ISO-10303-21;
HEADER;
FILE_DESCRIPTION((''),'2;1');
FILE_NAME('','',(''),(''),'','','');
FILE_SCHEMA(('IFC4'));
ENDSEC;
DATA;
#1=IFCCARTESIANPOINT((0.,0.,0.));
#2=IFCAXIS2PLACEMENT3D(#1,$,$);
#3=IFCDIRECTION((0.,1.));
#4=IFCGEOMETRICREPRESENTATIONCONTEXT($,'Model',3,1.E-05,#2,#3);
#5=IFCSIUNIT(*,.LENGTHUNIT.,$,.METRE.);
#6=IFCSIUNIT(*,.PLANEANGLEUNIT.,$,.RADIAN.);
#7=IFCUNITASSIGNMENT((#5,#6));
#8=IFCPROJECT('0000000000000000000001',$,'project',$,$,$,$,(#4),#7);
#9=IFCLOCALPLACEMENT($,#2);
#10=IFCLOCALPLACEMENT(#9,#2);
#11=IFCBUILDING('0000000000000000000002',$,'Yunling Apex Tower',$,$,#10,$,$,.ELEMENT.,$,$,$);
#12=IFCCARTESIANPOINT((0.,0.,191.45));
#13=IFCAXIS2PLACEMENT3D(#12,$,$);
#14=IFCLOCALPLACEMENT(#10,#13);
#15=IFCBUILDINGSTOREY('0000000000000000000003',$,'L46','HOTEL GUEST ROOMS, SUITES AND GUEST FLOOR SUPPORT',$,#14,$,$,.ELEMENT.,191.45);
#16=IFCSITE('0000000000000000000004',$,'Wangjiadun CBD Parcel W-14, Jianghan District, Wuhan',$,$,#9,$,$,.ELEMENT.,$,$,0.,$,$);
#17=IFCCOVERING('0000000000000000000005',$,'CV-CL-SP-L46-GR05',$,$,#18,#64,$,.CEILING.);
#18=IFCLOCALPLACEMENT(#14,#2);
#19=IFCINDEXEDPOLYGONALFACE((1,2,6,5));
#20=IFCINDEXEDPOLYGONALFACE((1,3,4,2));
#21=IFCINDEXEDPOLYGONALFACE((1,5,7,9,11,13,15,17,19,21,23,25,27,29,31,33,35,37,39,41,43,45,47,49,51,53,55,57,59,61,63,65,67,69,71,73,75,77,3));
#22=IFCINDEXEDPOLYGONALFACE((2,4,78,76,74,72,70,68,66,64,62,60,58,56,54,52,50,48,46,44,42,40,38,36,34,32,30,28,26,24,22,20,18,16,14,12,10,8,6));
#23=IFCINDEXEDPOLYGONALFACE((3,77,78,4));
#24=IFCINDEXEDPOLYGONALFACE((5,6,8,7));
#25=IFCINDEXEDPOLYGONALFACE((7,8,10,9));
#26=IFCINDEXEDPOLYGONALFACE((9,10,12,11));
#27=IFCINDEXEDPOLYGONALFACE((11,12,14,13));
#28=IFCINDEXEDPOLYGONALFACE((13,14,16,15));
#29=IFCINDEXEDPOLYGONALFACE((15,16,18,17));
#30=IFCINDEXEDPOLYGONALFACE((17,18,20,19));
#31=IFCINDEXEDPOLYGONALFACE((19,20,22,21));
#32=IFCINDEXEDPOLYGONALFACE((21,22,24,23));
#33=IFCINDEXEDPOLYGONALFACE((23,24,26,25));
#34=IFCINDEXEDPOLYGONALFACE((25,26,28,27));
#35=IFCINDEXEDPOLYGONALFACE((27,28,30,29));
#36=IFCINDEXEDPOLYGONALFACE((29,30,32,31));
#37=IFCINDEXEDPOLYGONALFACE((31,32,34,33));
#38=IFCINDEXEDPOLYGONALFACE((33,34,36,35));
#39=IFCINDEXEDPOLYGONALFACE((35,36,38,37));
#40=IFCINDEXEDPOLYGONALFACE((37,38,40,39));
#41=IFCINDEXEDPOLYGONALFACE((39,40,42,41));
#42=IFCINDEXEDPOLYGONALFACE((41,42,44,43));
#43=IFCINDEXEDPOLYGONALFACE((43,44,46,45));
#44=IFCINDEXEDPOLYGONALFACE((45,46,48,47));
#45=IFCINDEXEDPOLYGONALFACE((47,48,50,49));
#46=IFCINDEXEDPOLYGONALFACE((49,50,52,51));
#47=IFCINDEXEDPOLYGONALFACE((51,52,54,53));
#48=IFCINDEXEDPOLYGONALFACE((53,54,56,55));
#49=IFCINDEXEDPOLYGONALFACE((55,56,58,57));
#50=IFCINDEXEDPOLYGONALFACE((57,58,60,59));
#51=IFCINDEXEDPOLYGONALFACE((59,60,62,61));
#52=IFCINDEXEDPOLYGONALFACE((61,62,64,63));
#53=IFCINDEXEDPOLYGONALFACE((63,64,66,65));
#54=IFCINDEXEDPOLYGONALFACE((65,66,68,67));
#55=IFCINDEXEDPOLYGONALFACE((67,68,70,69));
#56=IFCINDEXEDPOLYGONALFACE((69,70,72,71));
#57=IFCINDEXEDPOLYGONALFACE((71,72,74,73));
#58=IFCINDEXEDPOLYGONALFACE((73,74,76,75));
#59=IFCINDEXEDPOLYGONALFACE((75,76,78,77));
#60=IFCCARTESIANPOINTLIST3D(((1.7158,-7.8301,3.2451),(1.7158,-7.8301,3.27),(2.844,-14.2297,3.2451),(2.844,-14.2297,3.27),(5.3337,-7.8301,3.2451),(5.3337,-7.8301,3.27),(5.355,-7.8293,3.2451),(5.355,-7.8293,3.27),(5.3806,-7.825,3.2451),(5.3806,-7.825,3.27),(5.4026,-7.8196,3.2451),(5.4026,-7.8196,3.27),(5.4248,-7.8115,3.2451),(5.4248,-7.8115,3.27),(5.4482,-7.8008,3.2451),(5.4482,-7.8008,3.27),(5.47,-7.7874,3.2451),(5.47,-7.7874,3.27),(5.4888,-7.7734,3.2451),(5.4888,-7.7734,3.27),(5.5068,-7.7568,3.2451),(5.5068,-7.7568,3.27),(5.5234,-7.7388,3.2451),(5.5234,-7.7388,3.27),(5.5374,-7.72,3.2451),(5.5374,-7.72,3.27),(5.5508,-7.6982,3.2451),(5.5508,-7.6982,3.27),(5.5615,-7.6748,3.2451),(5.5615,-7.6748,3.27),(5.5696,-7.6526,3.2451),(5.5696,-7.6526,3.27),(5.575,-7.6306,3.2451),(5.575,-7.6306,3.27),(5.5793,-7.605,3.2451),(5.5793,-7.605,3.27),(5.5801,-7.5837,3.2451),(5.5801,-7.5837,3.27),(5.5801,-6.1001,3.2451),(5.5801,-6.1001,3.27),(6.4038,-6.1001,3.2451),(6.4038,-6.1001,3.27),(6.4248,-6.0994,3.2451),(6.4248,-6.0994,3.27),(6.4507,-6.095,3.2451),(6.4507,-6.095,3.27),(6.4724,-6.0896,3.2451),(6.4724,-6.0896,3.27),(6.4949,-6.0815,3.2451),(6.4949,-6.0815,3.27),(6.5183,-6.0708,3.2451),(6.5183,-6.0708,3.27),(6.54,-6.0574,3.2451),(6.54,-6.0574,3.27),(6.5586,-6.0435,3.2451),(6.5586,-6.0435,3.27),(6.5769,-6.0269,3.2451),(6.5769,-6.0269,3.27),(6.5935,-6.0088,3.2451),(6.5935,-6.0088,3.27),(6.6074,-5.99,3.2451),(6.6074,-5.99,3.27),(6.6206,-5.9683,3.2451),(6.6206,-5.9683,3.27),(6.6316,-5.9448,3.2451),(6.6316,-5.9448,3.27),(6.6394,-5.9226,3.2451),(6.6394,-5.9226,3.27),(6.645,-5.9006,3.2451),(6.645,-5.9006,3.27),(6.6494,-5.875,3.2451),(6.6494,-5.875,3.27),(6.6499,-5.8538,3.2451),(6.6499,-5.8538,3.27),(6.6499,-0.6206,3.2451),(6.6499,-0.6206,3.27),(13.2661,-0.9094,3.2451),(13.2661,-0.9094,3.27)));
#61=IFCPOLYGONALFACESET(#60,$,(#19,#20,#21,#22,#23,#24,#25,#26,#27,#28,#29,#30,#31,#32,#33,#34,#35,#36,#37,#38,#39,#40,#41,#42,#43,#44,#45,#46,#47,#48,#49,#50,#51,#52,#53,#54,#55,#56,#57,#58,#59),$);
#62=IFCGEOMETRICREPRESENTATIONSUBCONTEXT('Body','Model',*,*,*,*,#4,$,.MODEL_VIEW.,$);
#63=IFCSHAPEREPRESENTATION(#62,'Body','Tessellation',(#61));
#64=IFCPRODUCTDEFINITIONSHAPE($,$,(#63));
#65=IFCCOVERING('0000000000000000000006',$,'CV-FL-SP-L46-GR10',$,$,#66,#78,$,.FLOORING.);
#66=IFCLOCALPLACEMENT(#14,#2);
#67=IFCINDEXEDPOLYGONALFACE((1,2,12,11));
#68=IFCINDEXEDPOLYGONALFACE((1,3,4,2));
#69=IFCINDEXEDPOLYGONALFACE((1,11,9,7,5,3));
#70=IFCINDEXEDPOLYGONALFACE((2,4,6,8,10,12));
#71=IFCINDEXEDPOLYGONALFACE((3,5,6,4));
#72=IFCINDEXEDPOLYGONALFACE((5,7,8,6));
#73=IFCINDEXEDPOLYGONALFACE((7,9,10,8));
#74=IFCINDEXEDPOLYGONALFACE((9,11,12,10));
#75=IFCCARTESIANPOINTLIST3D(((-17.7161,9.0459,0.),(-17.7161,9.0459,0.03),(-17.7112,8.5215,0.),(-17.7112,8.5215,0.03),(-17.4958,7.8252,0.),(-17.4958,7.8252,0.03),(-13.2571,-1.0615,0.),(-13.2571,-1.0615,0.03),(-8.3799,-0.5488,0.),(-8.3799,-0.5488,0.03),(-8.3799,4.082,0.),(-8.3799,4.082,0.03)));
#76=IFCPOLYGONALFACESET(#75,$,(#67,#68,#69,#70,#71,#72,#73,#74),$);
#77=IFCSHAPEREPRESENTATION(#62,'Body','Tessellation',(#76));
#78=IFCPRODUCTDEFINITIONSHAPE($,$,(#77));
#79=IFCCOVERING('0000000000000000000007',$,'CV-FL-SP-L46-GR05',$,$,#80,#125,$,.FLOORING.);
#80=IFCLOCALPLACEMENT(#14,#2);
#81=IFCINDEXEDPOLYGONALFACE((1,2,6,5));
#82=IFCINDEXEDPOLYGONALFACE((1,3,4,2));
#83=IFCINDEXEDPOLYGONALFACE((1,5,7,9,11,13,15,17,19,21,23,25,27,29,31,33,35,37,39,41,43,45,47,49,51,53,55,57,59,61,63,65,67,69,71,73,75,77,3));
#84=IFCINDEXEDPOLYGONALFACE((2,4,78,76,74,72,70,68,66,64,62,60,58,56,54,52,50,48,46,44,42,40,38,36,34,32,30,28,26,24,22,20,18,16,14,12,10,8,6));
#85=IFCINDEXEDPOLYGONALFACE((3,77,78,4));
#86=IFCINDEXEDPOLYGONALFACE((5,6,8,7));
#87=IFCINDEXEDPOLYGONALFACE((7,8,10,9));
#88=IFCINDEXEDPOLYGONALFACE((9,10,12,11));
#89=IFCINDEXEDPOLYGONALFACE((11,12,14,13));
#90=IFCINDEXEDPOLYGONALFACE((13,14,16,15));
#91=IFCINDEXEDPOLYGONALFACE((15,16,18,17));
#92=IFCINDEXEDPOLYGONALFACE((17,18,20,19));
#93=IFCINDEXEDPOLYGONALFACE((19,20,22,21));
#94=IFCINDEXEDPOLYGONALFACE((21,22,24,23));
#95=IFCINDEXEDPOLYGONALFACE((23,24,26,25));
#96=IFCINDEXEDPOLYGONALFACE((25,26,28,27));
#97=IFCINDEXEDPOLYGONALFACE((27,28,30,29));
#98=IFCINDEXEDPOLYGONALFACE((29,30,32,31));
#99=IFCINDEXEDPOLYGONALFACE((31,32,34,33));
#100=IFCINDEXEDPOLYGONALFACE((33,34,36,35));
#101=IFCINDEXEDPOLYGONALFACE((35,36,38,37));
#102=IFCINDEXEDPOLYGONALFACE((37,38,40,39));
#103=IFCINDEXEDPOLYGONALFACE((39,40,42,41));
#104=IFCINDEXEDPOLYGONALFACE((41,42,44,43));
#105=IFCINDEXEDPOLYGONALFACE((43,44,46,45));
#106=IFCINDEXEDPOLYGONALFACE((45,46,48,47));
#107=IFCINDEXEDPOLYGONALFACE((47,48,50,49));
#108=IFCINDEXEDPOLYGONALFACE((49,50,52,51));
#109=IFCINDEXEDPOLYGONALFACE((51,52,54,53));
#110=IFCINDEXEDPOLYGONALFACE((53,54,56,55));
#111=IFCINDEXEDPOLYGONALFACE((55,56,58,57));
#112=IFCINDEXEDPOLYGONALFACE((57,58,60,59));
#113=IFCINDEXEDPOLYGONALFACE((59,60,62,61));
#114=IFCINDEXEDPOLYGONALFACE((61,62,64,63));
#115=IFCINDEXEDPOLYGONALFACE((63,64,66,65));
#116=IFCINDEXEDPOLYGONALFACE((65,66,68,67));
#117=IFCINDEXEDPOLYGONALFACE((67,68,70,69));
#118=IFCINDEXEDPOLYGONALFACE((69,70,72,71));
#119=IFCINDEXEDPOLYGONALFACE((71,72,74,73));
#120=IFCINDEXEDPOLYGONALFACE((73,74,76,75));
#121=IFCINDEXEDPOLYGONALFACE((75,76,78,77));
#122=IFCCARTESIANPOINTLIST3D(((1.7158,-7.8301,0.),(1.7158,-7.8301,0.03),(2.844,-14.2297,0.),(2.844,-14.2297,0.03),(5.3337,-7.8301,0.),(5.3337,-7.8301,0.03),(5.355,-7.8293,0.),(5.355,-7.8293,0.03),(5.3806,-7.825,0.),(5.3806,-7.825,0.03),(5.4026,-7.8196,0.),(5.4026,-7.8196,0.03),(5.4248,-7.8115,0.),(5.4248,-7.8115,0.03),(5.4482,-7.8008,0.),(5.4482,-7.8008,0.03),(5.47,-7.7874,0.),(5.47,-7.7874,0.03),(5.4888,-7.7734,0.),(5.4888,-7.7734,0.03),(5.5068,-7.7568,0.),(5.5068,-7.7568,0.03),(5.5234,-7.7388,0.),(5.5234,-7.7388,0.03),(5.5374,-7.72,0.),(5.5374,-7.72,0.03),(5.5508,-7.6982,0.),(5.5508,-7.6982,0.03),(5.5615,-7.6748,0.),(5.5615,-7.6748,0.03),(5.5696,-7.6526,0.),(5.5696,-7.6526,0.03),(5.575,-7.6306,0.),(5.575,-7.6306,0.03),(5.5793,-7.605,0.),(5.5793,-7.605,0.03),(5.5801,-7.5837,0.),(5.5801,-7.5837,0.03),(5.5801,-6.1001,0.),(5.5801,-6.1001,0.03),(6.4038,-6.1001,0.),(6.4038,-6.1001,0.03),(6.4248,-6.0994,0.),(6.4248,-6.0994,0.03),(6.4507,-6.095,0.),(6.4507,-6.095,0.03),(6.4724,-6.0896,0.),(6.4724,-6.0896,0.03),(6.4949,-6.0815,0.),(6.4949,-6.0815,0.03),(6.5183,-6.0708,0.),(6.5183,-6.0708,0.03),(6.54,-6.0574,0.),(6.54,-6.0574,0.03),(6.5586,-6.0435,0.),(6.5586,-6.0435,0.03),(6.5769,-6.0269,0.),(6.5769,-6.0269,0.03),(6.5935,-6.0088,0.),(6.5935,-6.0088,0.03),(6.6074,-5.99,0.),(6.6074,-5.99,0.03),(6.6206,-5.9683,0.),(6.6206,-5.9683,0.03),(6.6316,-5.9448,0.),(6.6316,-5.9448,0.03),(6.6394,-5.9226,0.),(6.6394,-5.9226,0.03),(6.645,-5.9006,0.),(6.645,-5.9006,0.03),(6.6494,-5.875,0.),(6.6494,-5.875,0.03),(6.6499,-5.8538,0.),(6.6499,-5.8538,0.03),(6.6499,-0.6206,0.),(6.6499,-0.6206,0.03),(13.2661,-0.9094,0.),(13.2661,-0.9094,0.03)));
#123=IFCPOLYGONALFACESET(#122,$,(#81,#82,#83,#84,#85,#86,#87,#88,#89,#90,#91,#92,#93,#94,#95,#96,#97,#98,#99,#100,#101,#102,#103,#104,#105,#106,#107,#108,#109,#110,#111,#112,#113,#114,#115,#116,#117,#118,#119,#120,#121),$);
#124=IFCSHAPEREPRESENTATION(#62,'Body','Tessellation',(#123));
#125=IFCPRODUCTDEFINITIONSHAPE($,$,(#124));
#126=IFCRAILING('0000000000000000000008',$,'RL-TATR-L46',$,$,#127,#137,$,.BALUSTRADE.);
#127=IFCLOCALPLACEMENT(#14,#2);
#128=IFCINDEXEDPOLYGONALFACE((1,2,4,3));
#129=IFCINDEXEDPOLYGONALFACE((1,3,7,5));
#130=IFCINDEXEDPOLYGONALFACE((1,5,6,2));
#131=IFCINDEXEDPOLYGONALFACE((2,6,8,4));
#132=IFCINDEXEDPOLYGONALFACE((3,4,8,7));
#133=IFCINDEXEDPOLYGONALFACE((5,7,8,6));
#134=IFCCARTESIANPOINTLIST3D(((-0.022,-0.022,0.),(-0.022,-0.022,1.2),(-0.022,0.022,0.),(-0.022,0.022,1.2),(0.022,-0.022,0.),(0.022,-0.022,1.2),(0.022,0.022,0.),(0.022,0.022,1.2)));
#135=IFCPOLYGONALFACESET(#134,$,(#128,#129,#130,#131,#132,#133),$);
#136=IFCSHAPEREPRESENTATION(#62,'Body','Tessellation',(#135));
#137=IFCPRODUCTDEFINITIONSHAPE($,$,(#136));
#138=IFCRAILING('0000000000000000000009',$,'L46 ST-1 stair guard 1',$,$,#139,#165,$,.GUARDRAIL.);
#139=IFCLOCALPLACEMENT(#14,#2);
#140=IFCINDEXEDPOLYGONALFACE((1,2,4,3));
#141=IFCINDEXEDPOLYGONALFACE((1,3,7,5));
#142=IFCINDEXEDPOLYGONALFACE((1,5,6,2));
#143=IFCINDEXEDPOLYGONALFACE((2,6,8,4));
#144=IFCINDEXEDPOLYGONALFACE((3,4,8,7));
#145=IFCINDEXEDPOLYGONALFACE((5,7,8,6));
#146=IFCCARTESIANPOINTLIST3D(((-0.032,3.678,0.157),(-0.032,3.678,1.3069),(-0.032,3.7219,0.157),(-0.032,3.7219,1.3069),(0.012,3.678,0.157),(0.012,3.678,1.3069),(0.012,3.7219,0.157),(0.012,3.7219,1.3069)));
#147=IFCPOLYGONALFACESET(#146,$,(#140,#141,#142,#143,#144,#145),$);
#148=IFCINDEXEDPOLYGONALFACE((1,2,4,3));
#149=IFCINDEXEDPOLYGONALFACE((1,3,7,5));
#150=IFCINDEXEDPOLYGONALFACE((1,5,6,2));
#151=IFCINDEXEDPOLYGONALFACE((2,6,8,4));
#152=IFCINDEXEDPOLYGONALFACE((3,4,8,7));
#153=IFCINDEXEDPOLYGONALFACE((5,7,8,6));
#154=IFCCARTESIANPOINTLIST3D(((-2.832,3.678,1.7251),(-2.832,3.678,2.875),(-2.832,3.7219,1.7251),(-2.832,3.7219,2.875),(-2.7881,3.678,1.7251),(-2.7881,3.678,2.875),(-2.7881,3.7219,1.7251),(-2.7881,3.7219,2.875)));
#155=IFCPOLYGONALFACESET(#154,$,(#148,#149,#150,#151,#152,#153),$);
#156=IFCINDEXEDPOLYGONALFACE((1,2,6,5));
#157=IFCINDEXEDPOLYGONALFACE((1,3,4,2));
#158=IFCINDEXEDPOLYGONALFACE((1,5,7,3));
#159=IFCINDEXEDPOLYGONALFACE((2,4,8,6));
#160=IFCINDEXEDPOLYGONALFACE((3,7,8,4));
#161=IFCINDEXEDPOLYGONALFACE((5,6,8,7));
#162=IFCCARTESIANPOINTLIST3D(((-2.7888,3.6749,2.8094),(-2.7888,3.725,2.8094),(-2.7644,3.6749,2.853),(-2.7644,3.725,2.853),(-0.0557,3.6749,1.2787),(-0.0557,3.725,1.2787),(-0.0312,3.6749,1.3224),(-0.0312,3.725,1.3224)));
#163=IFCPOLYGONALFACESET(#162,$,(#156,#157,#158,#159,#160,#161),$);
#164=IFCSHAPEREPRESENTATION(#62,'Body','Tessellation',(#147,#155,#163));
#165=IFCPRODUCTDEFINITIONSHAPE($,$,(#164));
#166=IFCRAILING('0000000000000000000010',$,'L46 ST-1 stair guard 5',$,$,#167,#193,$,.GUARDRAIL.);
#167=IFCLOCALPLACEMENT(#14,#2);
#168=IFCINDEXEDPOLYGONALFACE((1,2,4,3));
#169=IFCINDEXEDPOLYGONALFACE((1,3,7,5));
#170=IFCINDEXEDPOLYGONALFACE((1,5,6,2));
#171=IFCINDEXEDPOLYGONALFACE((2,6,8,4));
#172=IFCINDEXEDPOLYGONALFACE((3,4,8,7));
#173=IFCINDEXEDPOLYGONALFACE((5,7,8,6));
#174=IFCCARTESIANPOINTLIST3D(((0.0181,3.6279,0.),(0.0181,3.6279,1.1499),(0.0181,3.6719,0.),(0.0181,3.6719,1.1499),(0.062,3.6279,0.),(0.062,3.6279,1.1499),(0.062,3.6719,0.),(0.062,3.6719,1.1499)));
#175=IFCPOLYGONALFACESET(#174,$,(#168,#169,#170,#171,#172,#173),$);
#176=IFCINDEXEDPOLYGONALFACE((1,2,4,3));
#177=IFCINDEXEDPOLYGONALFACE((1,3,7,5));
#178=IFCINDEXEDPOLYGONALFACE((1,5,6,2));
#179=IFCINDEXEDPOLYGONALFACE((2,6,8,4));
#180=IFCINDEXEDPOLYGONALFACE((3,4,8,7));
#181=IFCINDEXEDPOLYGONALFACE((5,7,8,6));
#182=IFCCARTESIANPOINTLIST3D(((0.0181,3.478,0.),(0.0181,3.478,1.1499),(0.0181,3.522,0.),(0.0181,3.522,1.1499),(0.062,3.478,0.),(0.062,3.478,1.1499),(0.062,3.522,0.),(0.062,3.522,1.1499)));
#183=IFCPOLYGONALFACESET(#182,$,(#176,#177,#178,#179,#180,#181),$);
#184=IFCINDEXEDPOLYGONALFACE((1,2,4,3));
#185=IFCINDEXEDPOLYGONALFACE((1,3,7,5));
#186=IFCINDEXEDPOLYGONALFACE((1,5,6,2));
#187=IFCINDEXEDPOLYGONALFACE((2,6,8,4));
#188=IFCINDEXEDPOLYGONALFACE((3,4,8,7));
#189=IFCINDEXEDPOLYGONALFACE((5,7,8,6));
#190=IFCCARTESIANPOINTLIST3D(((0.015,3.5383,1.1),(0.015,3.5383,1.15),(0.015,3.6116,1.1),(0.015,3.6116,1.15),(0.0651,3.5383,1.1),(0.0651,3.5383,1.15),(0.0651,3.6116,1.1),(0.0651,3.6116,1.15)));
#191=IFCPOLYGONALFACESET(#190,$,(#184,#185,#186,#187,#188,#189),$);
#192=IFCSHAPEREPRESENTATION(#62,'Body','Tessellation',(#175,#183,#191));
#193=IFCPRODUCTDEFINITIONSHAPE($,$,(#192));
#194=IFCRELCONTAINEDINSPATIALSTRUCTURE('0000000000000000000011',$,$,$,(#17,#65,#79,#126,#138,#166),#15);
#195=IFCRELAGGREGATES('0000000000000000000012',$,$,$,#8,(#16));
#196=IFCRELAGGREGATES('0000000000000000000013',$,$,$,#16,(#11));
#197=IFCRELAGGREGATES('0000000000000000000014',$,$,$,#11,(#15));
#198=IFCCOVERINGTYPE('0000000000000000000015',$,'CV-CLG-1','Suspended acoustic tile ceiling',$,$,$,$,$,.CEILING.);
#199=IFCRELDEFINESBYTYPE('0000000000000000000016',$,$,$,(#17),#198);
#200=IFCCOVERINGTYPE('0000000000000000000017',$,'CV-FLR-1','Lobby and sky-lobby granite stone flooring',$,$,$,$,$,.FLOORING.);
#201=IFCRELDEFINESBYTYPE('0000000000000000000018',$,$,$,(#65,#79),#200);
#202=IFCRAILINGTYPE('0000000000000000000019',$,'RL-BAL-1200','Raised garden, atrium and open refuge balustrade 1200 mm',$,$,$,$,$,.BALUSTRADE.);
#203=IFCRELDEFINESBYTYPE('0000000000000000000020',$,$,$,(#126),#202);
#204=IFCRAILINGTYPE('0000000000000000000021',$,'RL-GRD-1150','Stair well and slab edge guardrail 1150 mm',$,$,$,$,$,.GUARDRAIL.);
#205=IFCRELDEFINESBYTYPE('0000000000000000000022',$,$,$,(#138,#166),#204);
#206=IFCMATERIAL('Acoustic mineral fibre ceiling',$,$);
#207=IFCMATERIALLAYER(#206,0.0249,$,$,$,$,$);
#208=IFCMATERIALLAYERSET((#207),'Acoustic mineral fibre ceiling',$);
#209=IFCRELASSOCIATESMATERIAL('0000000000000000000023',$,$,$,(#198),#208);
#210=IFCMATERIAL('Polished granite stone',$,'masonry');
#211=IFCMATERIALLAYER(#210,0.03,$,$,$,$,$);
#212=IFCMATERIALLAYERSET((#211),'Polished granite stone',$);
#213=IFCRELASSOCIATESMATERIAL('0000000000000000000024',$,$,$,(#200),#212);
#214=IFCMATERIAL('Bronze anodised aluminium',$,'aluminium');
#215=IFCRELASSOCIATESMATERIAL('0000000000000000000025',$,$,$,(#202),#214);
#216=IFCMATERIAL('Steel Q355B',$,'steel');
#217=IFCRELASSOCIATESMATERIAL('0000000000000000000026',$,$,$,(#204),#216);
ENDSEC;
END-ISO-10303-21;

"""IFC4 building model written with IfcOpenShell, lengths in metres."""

from ifc_helpers import new_model, si_unit, direction, frame, origin, origin_2d, place, context, subcontext, project, spatial, polyline, rectangle, outline, extrude, material, layer, layer_set, type_object, element, save


model = new_model("IFC4")

# Units and contexts
model_context = context("Model", 3, precision=1e-05, world=origin(), true_north=direction((0.0, 1.0)))
body_context = subcontext(model_context, "Body", "Model", "MODEL_VIEW")
ifc_project = project(units=[si_unit("LENGTHUNIT", "METRE"), si_unit("PLANEANGLEUNIT", "RADIAN")], contexts=[model_context])

# Site, building, storey
site_placement = place(None, origin())
site = spatial("IfcSite", under=ifc_project, at=site_placement, Name="Wangjiadun CBD Parcel W-14, Jianghan District, Wuhan", CompositionType="ELEMENT", RefElevation=0.0)
building_placement = place(site_placement, origin())
building = spatial("IfcBuilding", under=site, at=building_placement, Name="Yunling Apex Tower", CompositionType="ELEMENT")
storey_placement = place(building_placement, frame((0.0, 0.0, 191.45)))
storey = spatial("IfcBuildingStorey", under=building, at=storey_placement, Name="L46", Description="HOTEL GUEST ROOMS, SUITES AND GUEST FLOOR SUPPORT", CompositionType="ELEMENT", Elevation=191.45)

# Shared definitions
ifc_material_1 = material(Name="Steel Q355B", Category="steel")

# Shared definitions
ifc_material_2 = material(Name="Bronze anodised aluminium", Category="aluminium")

# Coverings
ifc_material_3 = material(Name="Acoustic mineral fibre ceiling")
ifc_layer_1 = layer(ifc_material_3, 0.0249)
ifc_layer_set_1 = layer_set([ifc_layer_1], Name="Acoustic mineral fibre ceiling")
covering_type_1 = type_object("IfcCoveringType", Name="CV-CLG-1", Description="Suspended acoustic tile ceiling", PredefinedType="CEILING", material=ifc_layer_set_1)
covering_1_placement = place(storey_placement, frame((0.0, 0.0, 3.2451)))
element("IfcCovering", 1, at=covering_1_placement, inside=storey, type_object=covering_type_1, Name="CV-CL-SP-L46-GR05", PredefinedType="CEILING", context=body_context, shape_type="SweptSolid", body=[
    extrude(outline(polyline([(2.844, -14.2297), (1.7158, -7.8301), (5.3337, -7.8301), (5.355, -7.8293), (5.3806, -7.825), (5.4026, -7.8196), (5.4248, -7.8115), (5.4482, -7.8008), (5.47, -7.7874), (5.4888, -7.7734), (5.5068, -7.7568), (5.5234, -7.7388), (5.5374, -7.72), (5.5508, -7.6982), (5.5615, -7.6748), (5.5696, -7.6526), (5.575, -7.6306), (5.5793, -7.605), (5.5801, -7.5837), (5.5801, -6.1001), (6.4038, -6.1001), (6.4248, -6.0994), (6.4507, -6.095), (6.4724, -6.0896), (6.4949, -6.0815), (6.5183, -6.0708), (6.54, -6.0574), (6.5586, -6.0435), (6.5769, -6.0269), (6.5935, -6.0088), (6.6074, -5.99), (6.6206, -5.9683), (6.6316, -5.9448), (6.6394, -5.9226), (6.645, -5.9006), (6.6494, -5.875), (6.6499, -5.8538), (6.6499, -0.6206), (13.2661, -0.9094), (2.844, -14.2297)])), origin(), (0.0, 0.0, 1.0), 0.0249),
])
ifc_material_4 = material(Name="Polished granite stone", Category="masonry")
ifc_layer_2 = layer(ifc_material_4, 0.03)
ifc_layer_set_2 = layer_set([ifc_layer_2], Name="Polished granite stone")
covering_type_2 = type_object("IfcCoveringType", Name="CV-FLR-1", Description="Lobby and sky-lobby granite stone flooring", PredefinedType="FLOORING", material=ifc_layer_set_2)
covering_2_placement = place(storey_placement, origin())
element("IfcCovering", 2, at=covering_2_placement, inside=storey, type_object=covering_type_2, Name="CV-FL-SP-L46-GR10", PredefinedType="FLOORING", context=body_context, shape_type="SweptSolid", body=[
    extrude(outline(polyline([(-17.7161, 9.0459), (-8.3799, 4.082), (-8.3799, -0.5488), (-13.2571, -1.0615), (-17.4958, 7.8252), (-17.7112, 8.5215), (-17.7161, 9.0459)])), origin(), (0.0, 0.0, 1.0), 0.03),
])
covering_3_placement = place(storey_placement, origin())
element("IfcCovering", 3, at=covering_3_placement, inside=storey, type_object=covering_type_2, Name="CV-FL-SP-L46-GR05", PredefinedType="FLOORING", context=body_context, shape_type="SweptSolid", body=[
    extrude(outline(polyline([(2.844, -14.2297), (1.7158, -7.8301), (5.3337, -7.8301), (5.355, -7.8293), (5.3806, -7.825), (5.4026, -7.8196), (5.4248, -7.8115), (5.4482, -7.8008), (5.47, -7.7874), (5.4888, -7.7734), (5.5068, -7.7568), (5.5234, -7.7388), (5.5374, -7.72), (5.5508, -7.6982), (5.5615, -7.6748), (5.5696, -7.6526), (5.575, -7.6306), (5.5793, -7.605), (5.5801, -7.5837), (5.5801, -6.1001), (6.4038, -6.1001), (6.4248, -6.0994), (6.4507, -6.095), (6.4724, -6.0896), (6.4949, -6.0815), (6.5183, -6.0708), (6.54, -6.0574), (6.5586, -6.0435), (6.5769, -6.0269), (6.5935, -6.0088), (6.6074, -5.99), (6.6206, -5.9683), (6.6316, -5.9448), (6.6394, -5.9226), (6.645, -5.9006), (6.6494, -5.875), (6.6499, -5.8538), (6.6499, -0.6206), (13.2661, -0.9094), (2.844, -14.2297)])), origin(), (0.0, 0.0, 1.0), 0.03),
])

# Railings
railing_type_1 = type_object("IfcRailingType", Name="RL-BAL-1200", Description="Raised garden, atrium and open refuge balustrade 1200 mm", PredefinedType="BALUSTRADE", material=ifc_material_2)
railing_1_placement = place(storey_placement, origin())
element("IfcRailing", 4, at=railing_1_placement, inside=storey, type_object=railing_type_1, Name="RL-TATR-L46", PredefinedType="BALUSTRADE", context=body_context, shape_type="SweptSolid", body=[
    extrude(rectangle(XDim=0.0439, YDim=0.0439, at=origin_2d()), origin(), (0.0, 0.0, 1.0), 1.2),
])
railing_type_2 = type_object("IfcRailingType", Name="RL-GRD-1150", Description="Stair well and slab edge guardrail 1150 mm", PredefinedType="GUARDRAIL", material=ifc_material_1)
railing_2_placement = place(storey_placement, frame((-0.01, 3.7, 0.157)))
element("IfcRailing", 5, at=railing_2_placement, inside=storey, type_object=railing_type_2, Name="L46 ST-1 stair guard 1", PredefinedType="GUARDRAIL", context=body_context, shape_type="SweptSolid", body=[
    extrude(rectangle(XDim=0.0439, YDim=0.0439, at=origin_2d()), origin(), (0.0, 0.0, 1.0), 1.1499),
    extrude(rectangle(XDim=0.0439, YDim=0.0439, at=origin_2d()), frame((-2.8, 0.0, 1.5681)), (0.0, 0.0, 1.0), 1.1499),
    extrude(rectangle(XDim=0.05, YDim=0.05, at=origin_2d()), frame((-0.0334, 0.0, 1.1436), z_axis=(-0.872494, 0.0, 0.488624), x_axis=(0.0, -1.0, 0.0)), (0.0, 0.0, 1.0), 3.1326),
])
railing_3_placement = place(storey_placement, frame((0.04, 3.6499, 0.0)))
element("IfcRailing", 6, at=railing_3_placement, inside=storey, type_object=railing_type_2, Name="L46 ST-1 stair guard 5", PredefinedType="GUARDRAIL", context=body_context, shape_type="SweptSolid", body=[
    extrude(rectangle(XDim=0.0439, YDim=0.0439, at=origin_2d()), origin(), (0.0, 0.0, 1.0), 1.1499),
    extrude(rectangle(XDim=0.0439, YDim=0.0439, at=origin_2d()), frame((0.0, -0.1499, 0.0)), (0.0, 0.0, 1.0), 1.1499),
    extrude(rectangle(XDim=0.05, YDim=0.05, at=origin_2d()), frame((0.0, -0.0383, 1.125), z_axis=(0.0, -1.0, 0.0), x_axis=(1.0, 0.0, 0.0)), (0.0, 0.0, 1.0), 0.0732),
])

save(model, "model.ifc")
